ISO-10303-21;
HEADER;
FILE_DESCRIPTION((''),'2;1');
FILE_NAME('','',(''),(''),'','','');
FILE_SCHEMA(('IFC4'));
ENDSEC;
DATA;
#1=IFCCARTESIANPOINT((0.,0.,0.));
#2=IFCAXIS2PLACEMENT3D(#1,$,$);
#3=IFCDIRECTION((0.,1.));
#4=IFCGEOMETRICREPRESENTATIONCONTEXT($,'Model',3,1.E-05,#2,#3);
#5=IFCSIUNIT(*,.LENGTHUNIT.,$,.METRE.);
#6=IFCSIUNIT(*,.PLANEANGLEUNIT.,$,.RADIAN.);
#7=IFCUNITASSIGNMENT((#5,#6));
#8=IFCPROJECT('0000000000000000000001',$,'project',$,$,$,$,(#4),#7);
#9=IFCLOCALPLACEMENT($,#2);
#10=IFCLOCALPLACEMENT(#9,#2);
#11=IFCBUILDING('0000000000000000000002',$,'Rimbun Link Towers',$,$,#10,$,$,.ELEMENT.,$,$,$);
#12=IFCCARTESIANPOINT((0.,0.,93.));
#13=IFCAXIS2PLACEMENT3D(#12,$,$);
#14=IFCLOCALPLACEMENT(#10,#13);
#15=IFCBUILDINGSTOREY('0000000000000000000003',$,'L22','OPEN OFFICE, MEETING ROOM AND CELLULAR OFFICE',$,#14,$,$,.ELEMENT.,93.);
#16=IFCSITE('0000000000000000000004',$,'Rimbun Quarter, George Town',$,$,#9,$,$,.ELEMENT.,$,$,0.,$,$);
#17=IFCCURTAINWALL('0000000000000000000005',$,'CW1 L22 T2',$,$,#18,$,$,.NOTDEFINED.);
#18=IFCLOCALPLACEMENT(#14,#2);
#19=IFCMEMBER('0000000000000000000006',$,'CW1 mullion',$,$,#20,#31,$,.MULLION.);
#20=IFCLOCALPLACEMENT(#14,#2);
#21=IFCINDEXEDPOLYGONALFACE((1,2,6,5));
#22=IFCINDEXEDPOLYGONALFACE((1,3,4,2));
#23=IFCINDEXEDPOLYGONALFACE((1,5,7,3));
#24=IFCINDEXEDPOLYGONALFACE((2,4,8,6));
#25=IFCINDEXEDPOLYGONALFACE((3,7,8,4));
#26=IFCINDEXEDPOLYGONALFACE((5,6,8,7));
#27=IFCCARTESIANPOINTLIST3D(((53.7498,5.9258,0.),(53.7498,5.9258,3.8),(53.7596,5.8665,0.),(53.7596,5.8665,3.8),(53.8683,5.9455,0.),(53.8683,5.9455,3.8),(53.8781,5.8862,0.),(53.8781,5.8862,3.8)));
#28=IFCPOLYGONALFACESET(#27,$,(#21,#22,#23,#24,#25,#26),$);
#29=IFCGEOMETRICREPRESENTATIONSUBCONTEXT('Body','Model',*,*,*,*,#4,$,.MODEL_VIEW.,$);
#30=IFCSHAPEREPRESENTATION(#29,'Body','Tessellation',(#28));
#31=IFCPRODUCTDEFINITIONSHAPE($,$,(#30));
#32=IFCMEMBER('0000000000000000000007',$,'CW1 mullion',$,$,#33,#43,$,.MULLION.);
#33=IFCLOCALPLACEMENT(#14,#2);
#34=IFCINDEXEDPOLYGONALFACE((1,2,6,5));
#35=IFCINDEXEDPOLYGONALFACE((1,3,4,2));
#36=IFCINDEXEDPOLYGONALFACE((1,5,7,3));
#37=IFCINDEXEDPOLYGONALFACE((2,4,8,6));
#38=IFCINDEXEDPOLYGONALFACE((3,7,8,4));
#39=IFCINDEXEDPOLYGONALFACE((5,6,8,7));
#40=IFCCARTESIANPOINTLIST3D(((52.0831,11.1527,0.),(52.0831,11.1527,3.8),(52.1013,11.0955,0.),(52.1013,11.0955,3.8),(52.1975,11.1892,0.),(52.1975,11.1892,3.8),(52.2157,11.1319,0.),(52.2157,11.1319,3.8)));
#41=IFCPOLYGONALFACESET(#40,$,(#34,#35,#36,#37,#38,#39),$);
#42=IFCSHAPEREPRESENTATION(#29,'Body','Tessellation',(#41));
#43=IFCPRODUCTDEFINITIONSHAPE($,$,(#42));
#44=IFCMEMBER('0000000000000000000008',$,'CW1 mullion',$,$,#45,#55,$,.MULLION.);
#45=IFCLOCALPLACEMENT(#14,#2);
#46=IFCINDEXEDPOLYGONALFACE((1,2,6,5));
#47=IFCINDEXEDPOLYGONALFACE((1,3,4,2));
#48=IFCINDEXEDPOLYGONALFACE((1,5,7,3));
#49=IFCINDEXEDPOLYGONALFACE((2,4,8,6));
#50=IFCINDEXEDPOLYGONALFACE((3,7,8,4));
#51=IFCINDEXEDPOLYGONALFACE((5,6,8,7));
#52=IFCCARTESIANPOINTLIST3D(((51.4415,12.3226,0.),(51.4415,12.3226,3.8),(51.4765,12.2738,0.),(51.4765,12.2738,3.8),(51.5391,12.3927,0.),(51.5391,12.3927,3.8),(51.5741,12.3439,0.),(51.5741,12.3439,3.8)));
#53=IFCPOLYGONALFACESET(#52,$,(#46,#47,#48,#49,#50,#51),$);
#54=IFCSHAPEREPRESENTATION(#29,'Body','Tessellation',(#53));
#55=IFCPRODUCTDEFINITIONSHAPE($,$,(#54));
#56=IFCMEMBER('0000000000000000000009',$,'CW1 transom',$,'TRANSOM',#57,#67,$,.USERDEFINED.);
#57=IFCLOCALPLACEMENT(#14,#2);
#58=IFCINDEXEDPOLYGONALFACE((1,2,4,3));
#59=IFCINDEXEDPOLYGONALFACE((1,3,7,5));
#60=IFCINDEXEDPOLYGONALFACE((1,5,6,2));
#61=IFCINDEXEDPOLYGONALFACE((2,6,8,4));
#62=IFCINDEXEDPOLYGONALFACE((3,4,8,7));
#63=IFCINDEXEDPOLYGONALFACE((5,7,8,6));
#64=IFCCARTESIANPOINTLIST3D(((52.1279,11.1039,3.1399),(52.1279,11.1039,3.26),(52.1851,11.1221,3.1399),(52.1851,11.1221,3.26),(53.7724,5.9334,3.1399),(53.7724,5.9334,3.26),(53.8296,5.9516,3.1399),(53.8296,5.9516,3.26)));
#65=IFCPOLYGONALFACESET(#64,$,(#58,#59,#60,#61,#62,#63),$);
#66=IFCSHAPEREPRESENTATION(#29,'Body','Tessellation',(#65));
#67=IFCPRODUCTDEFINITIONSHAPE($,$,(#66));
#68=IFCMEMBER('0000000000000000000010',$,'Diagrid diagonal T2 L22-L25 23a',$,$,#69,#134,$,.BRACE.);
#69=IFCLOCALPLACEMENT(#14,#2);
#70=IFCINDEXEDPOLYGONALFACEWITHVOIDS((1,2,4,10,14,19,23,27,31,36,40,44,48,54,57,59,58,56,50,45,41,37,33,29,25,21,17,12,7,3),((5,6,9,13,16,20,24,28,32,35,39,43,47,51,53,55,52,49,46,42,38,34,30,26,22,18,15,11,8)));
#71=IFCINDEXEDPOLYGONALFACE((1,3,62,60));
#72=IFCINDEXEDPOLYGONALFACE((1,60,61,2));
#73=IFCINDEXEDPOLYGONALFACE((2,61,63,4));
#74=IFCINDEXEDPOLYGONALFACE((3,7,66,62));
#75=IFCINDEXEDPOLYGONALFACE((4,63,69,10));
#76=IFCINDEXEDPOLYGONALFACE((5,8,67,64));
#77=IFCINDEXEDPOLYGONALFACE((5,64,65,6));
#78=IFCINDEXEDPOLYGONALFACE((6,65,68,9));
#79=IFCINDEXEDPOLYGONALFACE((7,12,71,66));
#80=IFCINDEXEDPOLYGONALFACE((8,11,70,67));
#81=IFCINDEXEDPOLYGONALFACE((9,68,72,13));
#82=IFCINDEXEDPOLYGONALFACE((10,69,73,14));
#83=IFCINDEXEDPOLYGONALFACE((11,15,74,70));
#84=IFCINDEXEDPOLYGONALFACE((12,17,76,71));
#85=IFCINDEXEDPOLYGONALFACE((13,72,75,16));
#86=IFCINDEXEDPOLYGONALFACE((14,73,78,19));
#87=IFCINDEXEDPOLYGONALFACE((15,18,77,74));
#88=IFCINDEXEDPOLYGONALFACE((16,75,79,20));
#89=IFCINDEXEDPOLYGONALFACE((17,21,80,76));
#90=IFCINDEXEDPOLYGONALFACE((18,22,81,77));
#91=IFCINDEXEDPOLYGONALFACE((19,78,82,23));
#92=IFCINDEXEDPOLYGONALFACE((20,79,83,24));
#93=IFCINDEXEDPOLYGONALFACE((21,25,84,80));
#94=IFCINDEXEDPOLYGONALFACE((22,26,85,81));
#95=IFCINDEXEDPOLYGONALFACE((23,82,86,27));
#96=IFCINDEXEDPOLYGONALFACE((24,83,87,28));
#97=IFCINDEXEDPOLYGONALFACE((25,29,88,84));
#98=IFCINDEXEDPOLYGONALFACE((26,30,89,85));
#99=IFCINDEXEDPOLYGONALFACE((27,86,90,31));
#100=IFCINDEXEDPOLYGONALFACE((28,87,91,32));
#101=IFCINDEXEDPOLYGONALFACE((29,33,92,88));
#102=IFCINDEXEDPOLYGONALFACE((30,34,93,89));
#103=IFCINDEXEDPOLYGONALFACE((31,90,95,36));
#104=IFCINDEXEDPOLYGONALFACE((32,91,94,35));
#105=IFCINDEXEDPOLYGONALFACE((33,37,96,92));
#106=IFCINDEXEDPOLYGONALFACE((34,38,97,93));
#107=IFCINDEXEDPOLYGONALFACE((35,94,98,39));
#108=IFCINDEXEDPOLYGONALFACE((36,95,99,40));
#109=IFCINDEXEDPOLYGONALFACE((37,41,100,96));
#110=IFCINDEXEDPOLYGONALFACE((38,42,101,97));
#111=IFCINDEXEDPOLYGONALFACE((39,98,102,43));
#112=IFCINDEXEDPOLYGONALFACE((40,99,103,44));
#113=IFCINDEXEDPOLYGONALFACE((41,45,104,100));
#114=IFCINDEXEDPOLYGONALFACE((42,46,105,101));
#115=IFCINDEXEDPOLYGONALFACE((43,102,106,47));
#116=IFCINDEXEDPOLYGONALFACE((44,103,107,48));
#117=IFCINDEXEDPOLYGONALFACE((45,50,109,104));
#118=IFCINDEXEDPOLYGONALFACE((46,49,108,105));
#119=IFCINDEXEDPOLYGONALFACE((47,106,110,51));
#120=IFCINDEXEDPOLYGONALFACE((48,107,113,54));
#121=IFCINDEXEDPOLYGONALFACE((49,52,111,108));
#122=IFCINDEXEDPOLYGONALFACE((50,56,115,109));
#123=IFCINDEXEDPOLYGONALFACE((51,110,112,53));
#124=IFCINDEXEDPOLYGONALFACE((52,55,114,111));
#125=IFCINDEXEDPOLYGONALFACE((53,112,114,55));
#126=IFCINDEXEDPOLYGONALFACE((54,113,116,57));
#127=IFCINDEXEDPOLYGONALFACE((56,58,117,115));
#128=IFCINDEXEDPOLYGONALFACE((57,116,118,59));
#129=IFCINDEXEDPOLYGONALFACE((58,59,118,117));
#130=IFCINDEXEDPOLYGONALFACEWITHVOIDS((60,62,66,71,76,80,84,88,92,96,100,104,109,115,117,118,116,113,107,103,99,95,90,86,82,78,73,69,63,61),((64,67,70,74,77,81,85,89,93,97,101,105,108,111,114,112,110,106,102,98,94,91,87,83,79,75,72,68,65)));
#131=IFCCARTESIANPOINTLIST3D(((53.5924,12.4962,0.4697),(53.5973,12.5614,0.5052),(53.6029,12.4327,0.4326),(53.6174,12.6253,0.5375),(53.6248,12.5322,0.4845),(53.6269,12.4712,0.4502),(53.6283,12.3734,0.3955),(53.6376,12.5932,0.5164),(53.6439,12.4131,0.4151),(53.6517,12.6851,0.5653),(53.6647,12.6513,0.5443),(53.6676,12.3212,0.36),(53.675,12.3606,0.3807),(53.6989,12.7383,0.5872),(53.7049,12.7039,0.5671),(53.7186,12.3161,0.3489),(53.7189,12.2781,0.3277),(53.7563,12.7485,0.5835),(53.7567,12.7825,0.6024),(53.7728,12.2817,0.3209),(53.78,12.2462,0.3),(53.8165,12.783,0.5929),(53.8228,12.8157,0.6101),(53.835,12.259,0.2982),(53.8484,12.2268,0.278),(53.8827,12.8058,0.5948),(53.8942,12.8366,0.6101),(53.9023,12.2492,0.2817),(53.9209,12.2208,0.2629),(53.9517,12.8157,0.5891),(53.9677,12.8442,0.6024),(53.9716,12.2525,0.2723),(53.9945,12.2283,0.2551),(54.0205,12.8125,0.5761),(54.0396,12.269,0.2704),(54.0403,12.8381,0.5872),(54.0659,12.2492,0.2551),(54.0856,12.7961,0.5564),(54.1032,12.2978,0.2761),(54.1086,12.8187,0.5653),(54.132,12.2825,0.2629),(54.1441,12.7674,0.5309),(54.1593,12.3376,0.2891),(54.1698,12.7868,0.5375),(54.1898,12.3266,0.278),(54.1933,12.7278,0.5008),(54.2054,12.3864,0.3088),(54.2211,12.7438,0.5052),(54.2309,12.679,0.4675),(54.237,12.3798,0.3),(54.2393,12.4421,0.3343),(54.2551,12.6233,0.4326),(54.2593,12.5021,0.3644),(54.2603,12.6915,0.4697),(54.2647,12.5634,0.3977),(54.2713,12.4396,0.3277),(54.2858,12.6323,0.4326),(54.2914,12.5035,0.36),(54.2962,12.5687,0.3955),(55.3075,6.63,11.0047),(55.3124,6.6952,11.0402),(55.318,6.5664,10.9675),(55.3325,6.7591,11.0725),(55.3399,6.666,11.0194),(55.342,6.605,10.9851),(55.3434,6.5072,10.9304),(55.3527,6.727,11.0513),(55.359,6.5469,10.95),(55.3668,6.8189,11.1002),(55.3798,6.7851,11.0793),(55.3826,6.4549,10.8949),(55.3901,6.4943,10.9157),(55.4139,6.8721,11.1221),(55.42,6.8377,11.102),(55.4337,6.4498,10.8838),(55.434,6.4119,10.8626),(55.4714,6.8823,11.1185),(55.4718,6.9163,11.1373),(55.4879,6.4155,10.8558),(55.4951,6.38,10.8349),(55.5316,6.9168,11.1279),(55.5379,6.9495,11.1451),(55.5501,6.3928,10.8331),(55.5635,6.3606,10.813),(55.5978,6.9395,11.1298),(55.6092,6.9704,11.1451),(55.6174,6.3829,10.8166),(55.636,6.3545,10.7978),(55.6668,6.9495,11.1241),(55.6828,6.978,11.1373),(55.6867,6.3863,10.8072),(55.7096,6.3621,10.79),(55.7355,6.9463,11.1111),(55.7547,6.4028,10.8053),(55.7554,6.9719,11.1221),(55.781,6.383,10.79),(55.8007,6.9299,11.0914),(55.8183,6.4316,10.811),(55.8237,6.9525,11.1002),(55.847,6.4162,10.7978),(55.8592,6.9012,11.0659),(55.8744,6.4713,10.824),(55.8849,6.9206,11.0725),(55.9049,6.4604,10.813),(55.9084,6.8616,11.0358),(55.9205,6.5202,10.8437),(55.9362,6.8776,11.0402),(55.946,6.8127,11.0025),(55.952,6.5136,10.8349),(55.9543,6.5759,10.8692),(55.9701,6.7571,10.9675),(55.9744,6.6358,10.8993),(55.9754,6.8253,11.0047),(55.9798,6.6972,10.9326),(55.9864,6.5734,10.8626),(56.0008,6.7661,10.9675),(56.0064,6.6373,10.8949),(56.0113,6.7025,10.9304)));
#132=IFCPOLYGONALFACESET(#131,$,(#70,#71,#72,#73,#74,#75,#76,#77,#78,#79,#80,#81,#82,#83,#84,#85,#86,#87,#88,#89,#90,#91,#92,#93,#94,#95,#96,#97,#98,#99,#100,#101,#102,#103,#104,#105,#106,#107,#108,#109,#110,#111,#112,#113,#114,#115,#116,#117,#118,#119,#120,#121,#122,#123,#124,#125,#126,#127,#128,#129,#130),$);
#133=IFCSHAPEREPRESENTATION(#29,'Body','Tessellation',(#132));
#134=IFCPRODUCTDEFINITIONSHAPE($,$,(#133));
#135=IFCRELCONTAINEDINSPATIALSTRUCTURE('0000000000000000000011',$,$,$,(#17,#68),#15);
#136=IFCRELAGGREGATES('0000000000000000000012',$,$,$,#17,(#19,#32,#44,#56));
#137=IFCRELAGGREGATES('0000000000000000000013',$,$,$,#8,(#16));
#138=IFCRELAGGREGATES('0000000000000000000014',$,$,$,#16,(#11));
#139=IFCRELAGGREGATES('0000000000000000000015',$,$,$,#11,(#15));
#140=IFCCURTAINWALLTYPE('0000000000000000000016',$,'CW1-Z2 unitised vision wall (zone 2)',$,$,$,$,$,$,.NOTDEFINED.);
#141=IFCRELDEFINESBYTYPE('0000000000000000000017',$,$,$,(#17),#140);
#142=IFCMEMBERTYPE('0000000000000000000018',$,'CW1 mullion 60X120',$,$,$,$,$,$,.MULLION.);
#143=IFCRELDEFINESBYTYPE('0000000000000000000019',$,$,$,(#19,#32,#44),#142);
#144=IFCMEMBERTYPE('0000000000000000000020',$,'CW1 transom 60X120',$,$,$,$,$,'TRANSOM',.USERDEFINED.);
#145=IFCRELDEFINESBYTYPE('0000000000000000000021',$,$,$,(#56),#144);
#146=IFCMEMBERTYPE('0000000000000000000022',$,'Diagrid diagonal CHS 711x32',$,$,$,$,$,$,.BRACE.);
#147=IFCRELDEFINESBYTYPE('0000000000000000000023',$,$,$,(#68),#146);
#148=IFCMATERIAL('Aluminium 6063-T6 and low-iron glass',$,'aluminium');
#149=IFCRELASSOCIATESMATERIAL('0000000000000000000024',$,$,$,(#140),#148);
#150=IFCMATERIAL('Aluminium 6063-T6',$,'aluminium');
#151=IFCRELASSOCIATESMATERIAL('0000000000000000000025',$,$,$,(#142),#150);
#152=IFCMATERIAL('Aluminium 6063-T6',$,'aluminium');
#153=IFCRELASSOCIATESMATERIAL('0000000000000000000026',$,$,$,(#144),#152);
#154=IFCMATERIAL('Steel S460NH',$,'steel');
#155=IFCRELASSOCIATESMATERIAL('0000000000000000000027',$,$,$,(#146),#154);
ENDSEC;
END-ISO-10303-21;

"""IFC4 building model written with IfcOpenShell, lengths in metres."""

from ifc_helpers import new_model, si_unit, direction, frame, origin, origin_2d, place, context, subcontext, project, spatial, rectangle, hollow_circle, extrude, material, material_profile, profile_set, type_object, element, aggregate, save


model = new_model("IFC4")

# Units and contexts
model_context = context("Model", 3, precision=1e-05, world=origin(), true_north=direction((0.0, 1.0)))
body_context = subcontext(model_context, "Body", "Model", "MODEL_VIEW")
ifc_project = project(units=[si_unit("LENGTHUNIT", "METRE"), si_unit("PLANEANGLEUNIT", "RADIAN")], contexts=[model_context])

# Site, building, storey
site_placement = place(None, origin())
site = spatial("IfcSite", under=ifc_project, at=site_placement, Name="Rimbun Quarter, George Town", CompositionType="ELEMENT", RefElevation=0.0)
building_placement = place(site_placement, origin())
building = spatial("IfcBuilding", under=site, at=building_placement, Name="Rimbun Link Towers", CompositionType="ELEMENT")
storey_placement = place(building_placement, frame((0.0, 0.0, 93.0)))
storey = spatial("IfcBuildingStorey", under=building, at=storey_placement, Name="L22", Description="OPEN OFFICE, MEETING ROOM AND CELLULAR OFFICE", CompositionType="ELEMENT", Elevation=93.0)

# Curtain wall, members
ifc_material_1 = material(Name="Aluminium 6063-T6 and low-iron glass", Category="aluminium")
curtain_wall_type = type_object("IfcCurtainWallType", Name="CW1-Z2 unitised vision wall (zone 2)", PredefinedType="NOTDEFINED", material=ifc_material_1)
curtain_wall_placement = place(storey_placement, origin())
curtain_wall = element("IfcCurtainWall", 1, at=curtain_wall_placement, inside=storey, type_object=curtain_wall_type, Name="CW1 L22 T2", PredefinedType="NOTDEFINED")
ifc_material_2 = material(Name="Aluminium 6063-T6", Category="aluminium")
ifc_material_profile_1 = material_profile(ifc_material_2, rectangle(XDim=0.1201, YDim=0.0601, at=origin_2d()), Name="MULLION 60X120")
ifc_profile_set_1 = profile_set([ifc_material_profile_1], Name="Aluminium 6063-T6")
member_type_1 = type_object("IfcMemberType", Name="CW1 mullion 60X120", PredefinedType="MULLION", material=ifc_profile_set_1)
member_1_placement = place(storey_placement, frame((53.814, 5.906, 0.0), z_axis=(0.0, 0.0, 1.0), x_axis=(0.986503, 0.163744, 0.0)))
member_1 = element("IfcMember", 2, at=member_1_placement, type_object=member_type_1, Name="CW1 mullion", PredefinedType="MULLION", context=body_context, shape_type="SweptSolid", body=[
    extrude(rectangle(XDim=0.1201, YDim=0.0601, at=origin_2d()), origin(), (0.0, 0.0, 1.0), 3.8),
])
member_2_placement = place(storey_placement, frame((52.1494, 11.1423, 0.0), z_axis=(0.0, 0.0, 1.0), x_axis=(0.95297, 0.303066, 0.0)))
member_2 = element("IfcMember", 3, at=member_2_placement, type_object=member_type_1, Name="CW1 mullion", PredefinedType="MULLION", context=body_context, shape_type="SweptSolid", body=[
    extrude(rectangle(XDim=0.1201, YDim=0.0601, at=origin_2d()), origin(), (0.0, 0.0, 1.0), 3.8),
])
member_3_placement = place(storey_placement, frame((51.5078, 12.3333, 0.0), z_axis=(0.0, 0.0, 1.0), x_axis=(0.812471, 0.583002, 0.0)))
member_3 = element("IfcMember", 4, at=member_3_placement, type_object=member_type_1, Name="CW1 mullion", PredefinedType="MULLION", context=body_context, shape_type="SweptSolid", body=[
    extrude(rectangle(XDim=0.1201, YDim=0.0601, at=origin_2d()), origin(), (0.0, 0.0, 1.0), 3.8),
])
ifc_material_3 = material(Name="Aluminium 6063-T6", Category="aluminium")
ifc_material_profile_2 = material_profile(ifc_material_3, rectangle(XDim=0.0601, YDim=0.1201, at=origin_2d()), Name="TRANSOM 60X120")
ifc_profile_set_2 = profile_set([ifc_material_profile_2], Name="Aluminium 6063-T6")
member_type_2 = type_object("IfcMemberType", Name="CW1 transom 60X120", ElementType="TRANSOM", PredefinedType="USERDEFINED", material=ifc_profile_set_2)
member_4_placement = place(storey_placement, frame((52.1565, 11.113, 3.2), z_axis=(0.30309, -0.952962, 0.0), x_axis=(0.952962, 0.30309, 0.0)))
member_4 = element("IfcMember", 5, at=member_4_placement, type_object=member_type_2, Name="CW1 transom", ObjectType="TRANSOM", PredefinedType="USERDEFINED", context=body_context, shape_type="SweptSolid", body=[
    extrude(rectangle(XDim=0.0601, YDim=0.1201, at=origin_2d()), origin(), (0.0, 0.0, 1.0), 5.4258),
])

# Member
ifc_material_4 = material(Name="Steel S460NH", Category="steel")
ifc_material_profile_3 = material_profile(ifc_material_4, hollow_circle(Radius=0.3557, WallThickness=0.032, at=origin_2d()), Name="Diagrid diagonal CHS 711x32")
ifc_profile_set_3 = profile_set([ifc_material_profile_3], Name="Steel S460NH")
member_type_3 = type_object("IfcMemberType", Name="Diagrid diagonal CHS 711x32", PredefinedType="BRACE", material=ifc_profile_set_3)
member_5_placement = place(storey_placement, frame((53.9443, 12.5325, 0.4326), z_axis=(0.140818, -0.481649, 0.864976), x_axis=(0.959819, 0.28062, 0.0)))
element("IfcMember", 6, at=member_5_placement, inside=storey, type_object=member_type_3, Name="Diagrid diagonal T2 L22-L25 23a", PredefinedType="BRACE", context=body_context, shape_type="SweptSolid", body=[
    extrude(hollow_circle(Radius=0.3557, WallThickness=0.032, at=origin_2d()), origin(), (0.0, 0.0, 1.0), 12.1794),
])

aggregate(curtain_wall, [member_1, member_2, member_3, member_4])

save(model, "model.ifc")
